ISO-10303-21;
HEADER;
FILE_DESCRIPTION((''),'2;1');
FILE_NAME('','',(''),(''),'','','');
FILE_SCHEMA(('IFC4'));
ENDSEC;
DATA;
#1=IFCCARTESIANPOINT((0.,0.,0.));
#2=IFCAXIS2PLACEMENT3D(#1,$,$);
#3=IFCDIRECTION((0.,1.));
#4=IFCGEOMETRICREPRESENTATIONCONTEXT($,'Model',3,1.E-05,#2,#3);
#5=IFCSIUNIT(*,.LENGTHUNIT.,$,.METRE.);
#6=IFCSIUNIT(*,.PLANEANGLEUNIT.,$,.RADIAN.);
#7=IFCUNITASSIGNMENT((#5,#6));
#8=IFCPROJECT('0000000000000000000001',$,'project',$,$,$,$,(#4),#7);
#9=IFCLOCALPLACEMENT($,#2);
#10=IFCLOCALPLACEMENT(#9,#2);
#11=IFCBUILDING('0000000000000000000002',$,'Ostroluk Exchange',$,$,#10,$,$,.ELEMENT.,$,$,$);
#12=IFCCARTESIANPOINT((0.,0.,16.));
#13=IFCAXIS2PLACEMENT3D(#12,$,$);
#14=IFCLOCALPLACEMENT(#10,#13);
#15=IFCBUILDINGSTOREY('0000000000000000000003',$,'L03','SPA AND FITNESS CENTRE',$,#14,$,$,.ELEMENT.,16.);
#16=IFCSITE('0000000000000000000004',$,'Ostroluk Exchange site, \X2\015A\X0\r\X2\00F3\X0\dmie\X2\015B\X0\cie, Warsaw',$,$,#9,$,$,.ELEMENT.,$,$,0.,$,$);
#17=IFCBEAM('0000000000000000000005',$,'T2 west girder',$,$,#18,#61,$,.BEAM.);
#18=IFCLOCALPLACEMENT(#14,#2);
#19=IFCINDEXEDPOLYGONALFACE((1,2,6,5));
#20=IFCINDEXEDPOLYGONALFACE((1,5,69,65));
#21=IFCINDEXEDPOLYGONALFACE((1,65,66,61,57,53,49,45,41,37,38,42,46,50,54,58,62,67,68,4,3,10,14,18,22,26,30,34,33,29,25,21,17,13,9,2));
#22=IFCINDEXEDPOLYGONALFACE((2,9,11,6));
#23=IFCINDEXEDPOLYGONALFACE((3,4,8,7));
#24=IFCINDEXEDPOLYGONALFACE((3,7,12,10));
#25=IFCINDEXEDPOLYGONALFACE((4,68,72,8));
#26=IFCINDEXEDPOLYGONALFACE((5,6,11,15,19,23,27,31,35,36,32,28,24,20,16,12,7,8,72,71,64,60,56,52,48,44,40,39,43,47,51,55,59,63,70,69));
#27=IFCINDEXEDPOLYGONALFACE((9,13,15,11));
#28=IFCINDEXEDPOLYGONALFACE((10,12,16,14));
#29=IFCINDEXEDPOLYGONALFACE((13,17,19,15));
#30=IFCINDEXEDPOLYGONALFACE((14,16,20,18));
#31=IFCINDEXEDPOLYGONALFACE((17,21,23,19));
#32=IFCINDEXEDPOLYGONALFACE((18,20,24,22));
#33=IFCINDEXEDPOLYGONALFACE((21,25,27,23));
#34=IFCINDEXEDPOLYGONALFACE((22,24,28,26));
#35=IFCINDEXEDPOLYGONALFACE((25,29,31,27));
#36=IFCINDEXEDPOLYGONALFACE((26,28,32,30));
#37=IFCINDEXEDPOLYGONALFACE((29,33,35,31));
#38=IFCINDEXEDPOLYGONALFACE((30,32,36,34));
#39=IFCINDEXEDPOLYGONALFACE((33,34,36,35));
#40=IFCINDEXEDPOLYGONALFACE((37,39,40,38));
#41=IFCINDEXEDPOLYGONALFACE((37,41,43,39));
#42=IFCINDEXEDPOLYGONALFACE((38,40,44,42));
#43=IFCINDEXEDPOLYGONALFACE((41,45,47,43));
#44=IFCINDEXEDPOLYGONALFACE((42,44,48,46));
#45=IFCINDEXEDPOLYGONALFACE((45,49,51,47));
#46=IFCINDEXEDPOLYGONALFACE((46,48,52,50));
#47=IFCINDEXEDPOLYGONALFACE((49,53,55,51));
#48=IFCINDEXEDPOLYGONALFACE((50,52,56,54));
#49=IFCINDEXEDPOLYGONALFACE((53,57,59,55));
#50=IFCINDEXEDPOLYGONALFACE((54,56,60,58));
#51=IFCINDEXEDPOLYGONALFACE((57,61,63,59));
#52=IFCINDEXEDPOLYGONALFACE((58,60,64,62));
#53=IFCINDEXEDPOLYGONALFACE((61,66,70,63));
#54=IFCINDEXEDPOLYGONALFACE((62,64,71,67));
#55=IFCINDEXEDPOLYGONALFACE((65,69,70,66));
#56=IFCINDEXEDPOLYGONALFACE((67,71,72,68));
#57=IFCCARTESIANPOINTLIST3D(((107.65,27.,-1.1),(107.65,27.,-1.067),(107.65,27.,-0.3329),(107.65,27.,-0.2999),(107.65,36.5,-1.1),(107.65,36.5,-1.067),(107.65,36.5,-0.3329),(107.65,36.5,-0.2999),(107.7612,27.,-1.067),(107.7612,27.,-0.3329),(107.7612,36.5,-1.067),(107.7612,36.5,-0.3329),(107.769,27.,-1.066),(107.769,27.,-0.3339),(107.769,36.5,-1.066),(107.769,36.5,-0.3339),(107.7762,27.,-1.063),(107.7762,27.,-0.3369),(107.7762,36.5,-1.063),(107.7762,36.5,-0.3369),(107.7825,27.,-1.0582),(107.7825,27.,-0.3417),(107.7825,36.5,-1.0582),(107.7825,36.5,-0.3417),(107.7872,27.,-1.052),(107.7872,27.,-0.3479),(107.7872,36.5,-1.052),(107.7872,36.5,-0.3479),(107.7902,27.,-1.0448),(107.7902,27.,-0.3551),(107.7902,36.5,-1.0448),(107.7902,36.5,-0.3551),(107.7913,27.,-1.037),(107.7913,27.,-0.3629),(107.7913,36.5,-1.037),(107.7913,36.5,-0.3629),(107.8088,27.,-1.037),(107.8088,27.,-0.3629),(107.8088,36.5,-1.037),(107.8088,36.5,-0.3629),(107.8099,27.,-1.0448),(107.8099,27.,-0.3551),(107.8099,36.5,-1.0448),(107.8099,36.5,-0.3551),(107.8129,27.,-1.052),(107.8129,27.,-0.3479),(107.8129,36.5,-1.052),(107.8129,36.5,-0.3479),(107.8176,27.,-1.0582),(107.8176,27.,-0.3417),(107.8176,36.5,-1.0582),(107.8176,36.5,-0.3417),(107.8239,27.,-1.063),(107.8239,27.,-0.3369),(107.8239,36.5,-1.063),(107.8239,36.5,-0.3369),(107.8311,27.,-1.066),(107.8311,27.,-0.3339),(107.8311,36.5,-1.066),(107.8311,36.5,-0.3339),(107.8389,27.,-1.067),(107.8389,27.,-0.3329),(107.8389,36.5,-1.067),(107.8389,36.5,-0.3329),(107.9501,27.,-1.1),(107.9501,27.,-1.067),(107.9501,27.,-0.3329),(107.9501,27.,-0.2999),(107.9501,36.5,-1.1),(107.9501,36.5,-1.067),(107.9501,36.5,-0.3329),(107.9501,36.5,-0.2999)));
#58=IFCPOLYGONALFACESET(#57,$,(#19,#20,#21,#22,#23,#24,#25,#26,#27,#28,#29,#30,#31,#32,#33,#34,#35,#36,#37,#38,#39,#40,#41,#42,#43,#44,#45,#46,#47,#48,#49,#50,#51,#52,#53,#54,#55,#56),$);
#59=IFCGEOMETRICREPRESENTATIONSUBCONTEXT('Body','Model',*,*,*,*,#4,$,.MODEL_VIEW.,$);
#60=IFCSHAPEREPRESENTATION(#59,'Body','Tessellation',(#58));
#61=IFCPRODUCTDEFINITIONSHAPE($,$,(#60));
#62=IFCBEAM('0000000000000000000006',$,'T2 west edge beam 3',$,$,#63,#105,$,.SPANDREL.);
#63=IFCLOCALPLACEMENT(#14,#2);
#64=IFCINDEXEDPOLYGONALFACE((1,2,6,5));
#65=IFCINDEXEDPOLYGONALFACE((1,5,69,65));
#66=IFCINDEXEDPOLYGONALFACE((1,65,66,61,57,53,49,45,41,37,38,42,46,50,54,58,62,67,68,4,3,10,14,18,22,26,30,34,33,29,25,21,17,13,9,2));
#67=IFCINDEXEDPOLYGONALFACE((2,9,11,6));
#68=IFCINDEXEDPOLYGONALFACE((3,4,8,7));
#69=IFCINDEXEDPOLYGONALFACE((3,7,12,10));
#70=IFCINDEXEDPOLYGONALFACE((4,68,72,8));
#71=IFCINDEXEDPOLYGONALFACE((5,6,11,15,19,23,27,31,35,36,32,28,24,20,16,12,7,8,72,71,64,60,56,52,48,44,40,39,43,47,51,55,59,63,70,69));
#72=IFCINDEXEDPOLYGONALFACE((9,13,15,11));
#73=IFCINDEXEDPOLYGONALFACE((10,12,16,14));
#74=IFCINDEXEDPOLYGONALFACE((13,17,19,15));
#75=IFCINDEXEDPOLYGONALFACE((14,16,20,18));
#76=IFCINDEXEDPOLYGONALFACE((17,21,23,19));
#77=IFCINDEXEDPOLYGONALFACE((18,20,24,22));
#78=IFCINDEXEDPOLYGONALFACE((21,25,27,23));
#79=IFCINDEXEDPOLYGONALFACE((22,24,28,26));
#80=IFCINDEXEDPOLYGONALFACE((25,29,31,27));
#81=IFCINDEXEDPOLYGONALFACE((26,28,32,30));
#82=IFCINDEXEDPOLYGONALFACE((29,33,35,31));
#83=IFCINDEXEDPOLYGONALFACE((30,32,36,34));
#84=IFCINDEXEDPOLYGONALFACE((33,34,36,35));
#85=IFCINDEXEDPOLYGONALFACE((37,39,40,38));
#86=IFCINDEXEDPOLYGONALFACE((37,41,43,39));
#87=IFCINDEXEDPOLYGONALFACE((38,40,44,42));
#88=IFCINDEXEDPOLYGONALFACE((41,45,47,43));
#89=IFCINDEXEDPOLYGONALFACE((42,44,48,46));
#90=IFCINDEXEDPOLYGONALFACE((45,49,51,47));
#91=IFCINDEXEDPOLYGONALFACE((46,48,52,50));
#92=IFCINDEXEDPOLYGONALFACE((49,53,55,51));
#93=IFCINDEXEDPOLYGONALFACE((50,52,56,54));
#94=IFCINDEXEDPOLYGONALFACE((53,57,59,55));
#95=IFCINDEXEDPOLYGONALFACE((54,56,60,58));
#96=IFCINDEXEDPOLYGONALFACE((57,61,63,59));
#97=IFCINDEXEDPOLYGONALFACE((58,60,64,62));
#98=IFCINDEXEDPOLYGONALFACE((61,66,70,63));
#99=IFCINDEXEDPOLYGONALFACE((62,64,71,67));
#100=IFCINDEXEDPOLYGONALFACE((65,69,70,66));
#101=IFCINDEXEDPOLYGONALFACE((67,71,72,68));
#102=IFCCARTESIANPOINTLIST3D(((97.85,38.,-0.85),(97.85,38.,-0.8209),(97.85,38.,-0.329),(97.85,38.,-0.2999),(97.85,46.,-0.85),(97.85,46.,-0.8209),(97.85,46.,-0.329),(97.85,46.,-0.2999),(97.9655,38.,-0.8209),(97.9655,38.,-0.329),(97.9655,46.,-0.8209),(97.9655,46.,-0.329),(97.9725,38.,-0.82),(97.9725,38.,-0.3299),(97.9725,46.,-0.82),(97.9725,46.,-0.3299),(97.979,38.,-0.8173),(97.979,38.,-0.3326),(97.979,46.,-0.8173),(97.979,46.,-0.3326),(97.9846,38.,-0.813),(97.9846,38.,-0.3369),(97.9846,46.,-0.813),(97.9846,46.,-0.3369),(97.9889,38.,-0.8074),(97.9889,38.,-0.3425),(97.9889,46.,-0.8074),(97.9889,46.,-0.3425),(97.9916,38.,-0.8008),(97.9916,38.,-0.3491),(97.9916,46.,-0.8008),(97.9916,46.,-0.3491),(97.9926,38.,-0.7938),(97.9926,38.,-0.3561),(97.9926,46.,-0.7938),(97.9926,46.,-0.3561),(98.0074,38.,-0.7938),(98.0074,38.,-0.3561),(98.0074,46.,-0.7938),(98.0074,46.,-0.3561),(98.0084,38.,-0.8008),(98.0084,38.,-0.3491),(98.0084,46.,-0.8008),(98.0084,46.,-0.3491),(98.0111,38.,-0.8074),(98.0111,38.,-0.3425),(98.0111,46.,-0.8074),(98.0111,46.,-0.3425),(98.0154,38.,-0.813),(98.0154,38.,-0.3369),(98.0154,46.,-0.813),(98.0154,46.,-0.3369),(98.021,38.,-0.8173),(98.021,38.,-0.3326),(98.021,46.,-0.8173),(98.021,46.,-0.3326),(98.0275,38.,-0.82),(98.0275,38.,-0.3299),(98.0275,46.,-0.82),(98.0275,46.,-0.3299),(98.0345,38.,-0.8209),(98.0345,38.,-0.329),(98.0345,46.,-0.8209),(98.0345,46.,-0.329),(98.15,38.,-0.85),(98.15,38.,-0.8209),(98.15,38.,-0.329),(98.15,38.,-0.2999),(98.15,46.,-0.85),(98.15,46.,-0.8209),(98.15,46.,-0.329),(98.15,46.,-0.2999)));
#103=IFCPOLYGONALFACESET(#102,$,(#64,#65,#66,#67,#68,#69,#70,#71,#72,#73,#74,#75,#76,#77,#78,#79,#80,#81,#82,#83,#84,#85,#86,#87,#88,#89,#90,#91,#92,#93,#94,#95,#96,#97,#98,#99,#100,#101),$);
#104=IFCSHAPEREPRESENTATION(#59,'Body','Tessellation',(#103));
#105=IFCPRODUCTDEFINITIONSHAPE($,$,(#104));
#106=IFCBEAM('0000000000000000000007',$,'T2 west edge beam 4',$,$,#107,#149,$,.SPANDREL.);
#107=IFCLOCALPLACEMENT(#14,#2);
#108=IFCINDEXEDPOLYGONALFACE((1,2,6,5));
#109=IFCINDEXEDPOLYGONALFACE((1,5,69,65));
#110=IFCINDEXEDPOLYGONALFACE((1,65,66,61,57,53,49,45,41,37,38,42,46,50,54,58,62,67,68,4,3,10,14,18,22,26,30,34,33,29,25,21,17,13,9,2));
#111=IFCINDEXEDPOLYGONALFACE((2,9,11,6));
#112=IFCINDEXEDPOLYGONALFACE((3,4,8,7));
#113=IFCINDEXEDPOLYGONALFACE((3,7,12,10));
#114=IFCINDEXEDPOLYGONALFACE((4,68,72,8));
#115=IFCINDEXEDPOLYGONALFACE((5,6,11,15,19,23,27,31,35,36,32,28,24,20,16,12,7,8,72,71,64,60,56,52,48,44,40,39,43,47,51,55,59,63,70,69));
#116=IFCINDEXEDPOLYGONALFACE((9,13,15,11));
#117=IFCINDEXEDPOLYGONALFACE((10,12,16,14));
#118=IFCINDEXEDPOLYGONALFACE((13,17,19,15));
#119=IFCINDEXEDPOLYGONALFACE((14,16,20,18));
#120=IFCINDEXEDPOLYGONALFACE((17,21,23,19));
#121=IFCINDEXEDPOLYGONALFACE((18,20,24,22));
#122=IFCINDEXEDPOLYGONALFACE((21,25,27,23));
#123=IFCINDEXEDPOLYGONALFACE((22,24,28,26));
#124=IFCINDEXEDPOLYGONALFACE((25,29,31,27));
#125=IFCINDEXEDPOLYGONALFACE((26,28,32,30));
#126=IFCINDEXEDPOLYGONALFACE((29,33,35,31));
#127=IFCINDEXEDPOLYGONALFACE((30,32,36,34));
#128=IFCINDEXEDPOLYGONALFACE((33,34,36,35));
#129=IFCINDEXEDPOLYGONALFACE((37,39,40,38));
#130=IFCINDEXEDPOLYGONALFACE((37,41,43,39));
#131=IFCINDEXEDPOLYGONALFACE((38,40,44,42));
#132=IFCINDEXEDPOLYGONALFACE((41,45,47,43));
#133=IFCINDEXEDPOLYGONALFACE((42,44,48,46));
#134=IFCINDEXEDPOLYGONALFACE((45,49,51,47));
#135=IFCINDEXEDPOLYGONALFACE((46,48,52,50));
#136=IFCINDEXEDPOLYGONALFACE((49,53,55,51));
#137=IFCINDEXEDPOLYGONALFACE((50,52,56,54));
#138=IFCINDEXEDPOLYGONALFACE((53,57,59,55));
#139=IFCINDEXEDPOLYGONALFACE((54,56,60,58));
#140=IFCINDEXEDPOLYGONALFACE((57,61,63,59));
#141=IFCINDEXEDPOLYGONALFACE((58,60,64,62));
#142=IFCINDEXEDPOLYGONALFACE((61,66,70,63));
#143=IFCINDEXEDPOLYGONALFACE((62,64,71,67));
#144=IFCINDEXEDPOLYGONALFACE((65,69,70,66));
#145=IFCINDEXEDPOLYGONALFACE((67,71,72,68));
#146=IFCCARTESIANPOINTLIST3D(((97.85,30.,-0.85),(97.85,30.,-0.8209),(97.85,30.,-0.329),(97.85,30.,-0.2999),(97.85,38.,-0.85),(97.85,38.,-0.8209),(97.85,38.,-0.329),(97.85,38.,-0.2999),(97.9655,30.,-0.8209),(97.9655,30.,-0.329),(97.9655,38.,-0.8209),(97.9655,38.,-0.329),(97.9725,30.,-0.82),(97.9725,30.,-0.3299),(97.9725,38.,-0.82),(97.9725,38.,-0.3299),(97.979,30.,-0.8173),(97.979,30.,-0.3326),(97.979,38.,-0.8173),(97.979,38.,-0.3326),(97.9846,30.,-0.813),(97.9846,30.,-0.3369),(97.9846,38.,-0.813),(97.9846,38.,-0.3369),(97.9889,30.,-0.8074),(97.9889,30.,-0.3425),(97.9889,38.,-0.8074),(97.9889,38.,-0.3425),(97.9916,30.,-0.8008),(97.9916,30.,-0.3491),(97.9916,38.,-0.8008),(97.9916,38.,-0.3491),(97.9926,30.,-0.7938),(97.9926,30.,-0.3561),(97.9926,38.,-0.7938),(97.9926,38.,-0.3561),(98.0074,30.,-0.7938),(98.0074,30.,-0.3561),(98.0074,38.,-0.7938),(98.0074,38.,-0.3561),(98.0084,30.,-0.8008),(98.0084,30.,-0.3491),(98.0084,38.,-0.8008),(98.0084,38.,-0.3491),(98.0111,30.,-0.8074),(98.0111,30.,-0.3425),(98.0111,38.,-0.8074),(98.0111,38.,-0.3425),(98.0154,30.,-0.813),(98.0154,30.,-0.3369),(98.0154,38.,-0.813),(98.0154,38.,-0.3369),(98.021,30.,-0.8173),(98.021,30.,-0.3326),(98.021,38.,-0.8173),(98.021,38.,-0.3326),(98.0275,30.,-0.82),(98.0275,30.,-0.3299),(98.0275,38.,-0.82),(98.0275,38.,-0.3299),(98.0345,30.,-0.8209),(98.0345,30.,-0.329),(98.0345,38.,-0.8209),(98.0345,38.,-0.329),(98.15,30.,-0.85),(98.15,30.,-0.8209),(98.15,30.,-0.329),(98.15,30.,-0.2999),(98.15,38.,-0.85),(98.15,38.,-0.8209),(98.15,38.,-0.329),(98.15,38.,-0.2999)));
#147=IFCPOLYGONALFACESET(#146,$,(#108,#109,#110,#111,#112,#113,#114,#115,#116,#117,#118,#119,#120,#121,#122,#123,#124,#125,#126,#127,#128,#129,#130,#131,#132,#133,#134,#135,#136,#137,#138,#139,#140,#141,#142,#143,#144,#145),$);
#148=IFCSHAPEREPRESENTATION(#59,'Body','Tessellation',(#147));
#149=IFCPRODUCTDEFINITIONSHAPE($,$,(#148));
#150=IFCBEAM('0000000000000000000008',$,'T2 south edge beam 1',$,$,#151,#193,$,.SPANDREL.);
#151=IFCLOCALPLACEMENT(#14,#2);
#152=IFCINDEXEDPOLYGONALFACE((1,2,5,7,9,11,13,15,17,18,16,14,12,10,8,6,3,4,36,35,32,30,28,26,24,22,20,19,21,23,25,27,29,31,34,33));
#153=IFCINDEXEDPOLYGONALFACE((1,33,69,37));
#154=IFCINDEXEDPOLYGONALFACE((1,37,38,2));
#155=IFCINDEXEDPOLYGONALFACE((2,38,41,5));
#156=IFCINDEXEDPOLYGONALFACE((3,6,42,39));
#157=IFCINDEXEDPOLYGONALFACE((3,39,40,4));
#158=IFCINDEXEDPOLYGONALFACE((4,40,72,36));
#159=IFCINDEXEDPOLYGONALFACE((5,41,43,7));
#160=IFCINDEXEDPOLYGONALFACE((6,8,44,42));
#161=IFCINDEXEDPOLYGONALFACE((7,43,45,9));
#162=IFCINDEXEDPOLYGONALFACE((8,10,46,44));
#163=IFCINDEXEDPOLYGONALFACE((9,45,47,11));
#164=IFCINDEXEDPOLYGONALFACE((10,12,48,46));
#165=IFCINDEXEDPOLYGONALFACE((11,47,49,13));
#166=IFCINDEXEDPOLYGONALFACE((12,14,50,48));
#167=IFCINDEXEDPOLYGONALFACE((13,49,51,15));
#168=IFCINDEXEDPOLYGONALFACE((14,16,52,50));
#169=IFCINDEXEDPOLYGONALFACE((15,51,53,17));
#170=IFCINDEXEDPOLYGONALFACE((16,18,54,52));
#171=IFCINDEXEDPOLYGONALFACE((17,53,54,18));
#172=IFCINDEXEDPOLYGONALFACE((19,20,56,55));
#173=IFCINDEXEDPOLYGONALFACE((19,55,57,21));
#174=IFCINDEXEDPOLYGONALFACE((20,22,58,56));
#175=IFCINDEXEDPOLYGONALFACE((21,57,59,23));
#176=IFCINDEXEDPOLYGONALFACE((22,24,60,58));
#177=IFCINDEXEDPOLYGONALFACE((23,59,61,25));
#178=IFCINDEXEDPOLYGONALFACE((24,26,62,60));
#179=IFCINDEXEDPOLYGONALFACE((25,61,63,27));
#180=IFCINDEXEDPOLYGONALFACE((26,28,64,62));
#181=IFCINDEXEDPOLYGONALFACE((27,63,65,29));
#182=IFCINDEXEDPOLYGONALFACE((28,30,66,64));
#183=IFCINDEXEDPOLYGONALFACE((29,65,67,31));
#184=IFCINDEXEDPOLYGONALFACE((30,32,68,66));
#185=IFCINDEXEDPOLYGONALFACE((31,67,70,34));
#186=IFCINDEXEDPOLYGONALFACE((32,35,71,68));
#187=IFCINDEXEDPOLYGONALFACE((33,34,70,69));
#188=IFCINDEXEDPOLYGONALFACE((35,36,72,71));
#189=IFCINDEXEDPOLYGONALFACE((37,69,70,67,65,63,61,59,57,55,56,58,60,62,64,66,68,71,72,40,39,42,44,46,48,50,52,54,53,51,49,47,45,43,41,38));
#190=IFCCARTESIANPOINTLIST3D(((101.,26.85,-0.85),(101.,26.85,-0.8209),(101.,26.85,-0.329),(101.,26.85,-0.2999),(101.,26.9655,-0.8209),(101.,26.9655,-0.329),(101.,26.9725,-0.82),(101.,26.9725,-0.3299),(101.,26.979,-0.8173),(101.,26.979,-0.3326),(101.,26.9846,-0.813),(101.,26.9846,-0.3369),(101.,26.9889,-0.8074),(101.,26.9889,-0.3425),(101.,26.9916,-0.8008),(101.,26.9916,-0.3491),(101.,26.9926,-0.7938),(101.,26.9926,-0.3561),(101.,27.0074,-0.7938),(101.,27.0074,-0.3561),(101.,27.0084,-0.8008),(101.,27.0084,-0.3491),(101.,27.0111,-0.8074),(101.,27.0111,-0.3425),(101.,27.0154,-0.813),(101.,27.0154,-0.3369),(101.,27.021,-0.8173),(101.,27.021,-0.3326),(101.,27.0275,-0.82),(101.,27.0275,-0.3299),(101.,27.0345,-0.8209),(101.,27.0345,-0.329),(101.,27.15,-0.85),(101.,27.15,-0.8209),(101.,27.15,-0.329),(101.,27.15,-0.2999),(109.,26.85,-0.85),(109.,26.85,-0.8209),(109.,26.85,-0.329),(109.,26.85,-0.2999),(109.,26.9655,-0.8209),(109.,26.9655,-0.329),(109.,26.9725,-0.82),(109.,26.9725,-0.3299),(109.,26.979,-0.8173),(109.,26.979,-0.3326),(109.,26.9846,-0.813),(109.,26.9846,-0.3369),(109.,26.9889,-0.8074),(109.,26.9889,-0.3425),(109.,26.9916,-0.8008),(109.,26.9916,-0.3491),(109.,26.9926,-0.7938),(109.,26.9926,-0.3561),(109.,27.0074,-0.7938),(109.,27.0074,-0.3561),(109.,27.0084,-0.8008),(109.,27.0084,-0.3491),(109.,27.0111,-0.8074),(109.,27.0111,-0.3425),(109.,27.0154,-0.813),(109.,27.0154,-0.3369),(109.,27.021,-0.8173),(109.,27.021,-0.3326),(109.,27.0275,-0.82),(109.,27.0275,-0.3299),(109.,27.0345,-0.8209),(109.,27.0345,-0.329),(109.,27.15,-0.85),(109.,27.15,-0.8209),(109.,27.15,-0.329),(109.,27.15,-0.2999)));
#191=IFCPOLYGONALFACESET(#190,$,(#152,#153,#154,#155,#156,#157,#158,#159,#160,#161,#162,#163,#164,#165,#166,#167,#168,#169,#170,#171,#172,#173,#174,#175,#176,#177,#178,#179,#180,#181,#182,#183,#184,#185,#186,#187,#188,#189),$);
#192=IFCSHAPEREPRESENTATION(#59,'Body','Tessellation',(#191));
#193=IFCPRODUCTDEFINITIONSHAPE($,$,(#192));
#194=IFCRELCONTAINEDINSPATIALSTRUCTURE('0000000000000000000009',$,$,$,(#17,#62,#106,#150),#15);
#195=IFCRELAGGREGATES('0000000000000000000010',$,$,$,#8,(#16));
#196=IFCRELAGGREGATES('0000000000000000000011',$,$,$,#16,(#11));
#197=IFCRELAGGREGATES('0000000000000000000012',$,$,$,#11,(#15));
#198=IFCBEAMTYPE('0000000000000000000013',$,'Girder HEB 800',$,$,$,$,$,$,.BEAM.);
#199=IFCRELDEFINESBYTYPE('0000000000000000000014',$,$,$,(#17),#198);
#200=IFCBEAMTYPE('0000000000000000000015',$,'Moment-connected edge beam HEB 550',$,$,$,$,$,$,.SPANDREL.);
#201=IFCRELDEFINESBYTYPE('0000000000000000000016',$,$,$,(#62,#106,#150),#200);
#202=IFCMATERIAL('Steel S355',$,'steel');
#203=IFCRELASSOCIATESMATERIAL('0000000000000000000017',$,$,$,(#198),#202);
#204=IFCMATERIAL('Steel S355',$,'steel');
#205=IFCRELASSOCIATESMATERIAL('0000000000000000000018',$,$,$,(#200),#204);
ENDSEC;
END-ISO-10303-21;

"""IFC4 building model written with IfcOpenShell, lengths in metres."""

from ifc_helpers import new_model, si_unit, direction, frame, origin, origin_2d, place, context, subcontext, project, spatial, i_section, extrude, material, material_profile, profile_set, type_object, element, save


model = new_model("IFC4")

# Units and contexts
model_context = context("Model", 3, precision=1e-05, world=origin(), true_north=direction((0.0, 1.0)))
body_context = subcontext(model_context, "Body", "Model", "MODEL_VIEW")
ifc_project = project(units=[si_unit("LENGTHUNIT", "METRE"), si_unit("PLANEANGLEUNIT", "RADIAN")], contexts=[model_context])

# Site, building, storey
site_placement = place(None, origin())
site = spatial("IfcSite", under=ifc_project, at=site_placement, Name="Ostroluk Exchange site, Śródmieście, Warsaw", CompositionType="ELEMENT", RefElevation=0.0)
building_placement = place(site_placement, origin())
building = spatial("IfcBuilding", under=site, at=building_placement, Name="Ostroluk Exchange", CompositionType="ELEMENT")
storey_placement = place(building_placement, frame((0.0, 0.0, 16.0)))
storey = spatial("IfcBuildingStorey", under=building, at=storey_placement, Name="L03", Description="SPA AND FITNESS CENTRE", CompositionType="ELEMENT", Elevation=16.0)

# Beams
ifc_material_1 = material(Name="Steel S355", Category="steel")
ifc_material_profile_1 = material_profile(ifc_material_1, i_section(OverallWidth=0.3, OverallDepth=0.8, WebThickness=0.0176, FlangeThickness=0.033, FilletRadius=0.03, at=origin_2d()), Name="HEB 800")
ifc_profile_set_1 = profile_set([ifc_material_profile_1], Name="Steel S355")
beam_type_1 = type_object("IfcBeamType", Name="Girder HEB 800", PredefinedType="BEAM", material=ifc_profile_set_1)
beam_1_placement = place(storey_placement, frame((107.8, 36.5, -0.7), z_axis=(0.0, -1.0, 0.0), x_axis=(1.0, 0.0, 0.0)))
element("IfcBeam", 1, at=beam_1_placement, inside=storey, type_object=beam_type_1, Name="T2 west girder", PredefinedType="BEAM", context=body_context, shape_type="SweptSolid", body=[
    extrude(i_section(OverallWidth=0.3, OverallDepth=0.8, WebThickness=0.0176, FlangeThickness=0.033, FilletRadius=0.03, at=origin_2d()), origin(), (0.0, 0.0, 1.0), 9.5),
])
ifc_material_2 = material(Name="Steel S355", Category="steel")
ifc_material_profile_2 = material_profile(ifc_material_2, i_section(OverallWidth=0.3, OverallDepth=0.55, WebThickness=0.0149, FlangeThickness=0.0291, FilletRadius=0.0271, at=origin_2d()), Name="HEB 550")
ifc_profile_set_2 = profile_set([ifc_material_profile_2], Name="Steel S355")
beam_type_2 = type_object("IfcBeamType", Name="Moment-connected edge beam HEB 550", PredefinedType="SPANDREL", material=ifc_profile_set_2)
for number, where, z_axis, x_axis, name in (
    (2, (98.0, 46.0, -0.575), (0.0, -1.0, 0.0), (1.0, 0.0, 0.0), "T2 west edge beam 3"),
    (3, (98.0, 38.0, -0.575), (0.0, -1.0, 0.0), (1.0, 0.0, 0.0), "T2 west edge beam 4"),
    (4, (101.0, 27.0, -0.575), (1.0, 0.0, 0.0), (0.0, 1.0, 0.0), "T2 south edge beam 1"),
):
    element("IfcBeam", number, at=place(storey_placement, frame(where, z_axis=z_axis, x_axis=x_axis)), inside=storey, type_object=beam_type_2, Name=name, PredefinedType="SPANDREL", context=body_context, shape_type="SweptSolid", body=[
        extrude(i_section(OverallWidth=0.3, OverallDepth=0.55, WebThickness=0.0149, FlangeThickness=0.0291, FilletRadius=0.0271, at=origin_2d()), origin(), (0.0, 0.0, 1.0), 8.0),
    ])

save(model, "model.ifc")
